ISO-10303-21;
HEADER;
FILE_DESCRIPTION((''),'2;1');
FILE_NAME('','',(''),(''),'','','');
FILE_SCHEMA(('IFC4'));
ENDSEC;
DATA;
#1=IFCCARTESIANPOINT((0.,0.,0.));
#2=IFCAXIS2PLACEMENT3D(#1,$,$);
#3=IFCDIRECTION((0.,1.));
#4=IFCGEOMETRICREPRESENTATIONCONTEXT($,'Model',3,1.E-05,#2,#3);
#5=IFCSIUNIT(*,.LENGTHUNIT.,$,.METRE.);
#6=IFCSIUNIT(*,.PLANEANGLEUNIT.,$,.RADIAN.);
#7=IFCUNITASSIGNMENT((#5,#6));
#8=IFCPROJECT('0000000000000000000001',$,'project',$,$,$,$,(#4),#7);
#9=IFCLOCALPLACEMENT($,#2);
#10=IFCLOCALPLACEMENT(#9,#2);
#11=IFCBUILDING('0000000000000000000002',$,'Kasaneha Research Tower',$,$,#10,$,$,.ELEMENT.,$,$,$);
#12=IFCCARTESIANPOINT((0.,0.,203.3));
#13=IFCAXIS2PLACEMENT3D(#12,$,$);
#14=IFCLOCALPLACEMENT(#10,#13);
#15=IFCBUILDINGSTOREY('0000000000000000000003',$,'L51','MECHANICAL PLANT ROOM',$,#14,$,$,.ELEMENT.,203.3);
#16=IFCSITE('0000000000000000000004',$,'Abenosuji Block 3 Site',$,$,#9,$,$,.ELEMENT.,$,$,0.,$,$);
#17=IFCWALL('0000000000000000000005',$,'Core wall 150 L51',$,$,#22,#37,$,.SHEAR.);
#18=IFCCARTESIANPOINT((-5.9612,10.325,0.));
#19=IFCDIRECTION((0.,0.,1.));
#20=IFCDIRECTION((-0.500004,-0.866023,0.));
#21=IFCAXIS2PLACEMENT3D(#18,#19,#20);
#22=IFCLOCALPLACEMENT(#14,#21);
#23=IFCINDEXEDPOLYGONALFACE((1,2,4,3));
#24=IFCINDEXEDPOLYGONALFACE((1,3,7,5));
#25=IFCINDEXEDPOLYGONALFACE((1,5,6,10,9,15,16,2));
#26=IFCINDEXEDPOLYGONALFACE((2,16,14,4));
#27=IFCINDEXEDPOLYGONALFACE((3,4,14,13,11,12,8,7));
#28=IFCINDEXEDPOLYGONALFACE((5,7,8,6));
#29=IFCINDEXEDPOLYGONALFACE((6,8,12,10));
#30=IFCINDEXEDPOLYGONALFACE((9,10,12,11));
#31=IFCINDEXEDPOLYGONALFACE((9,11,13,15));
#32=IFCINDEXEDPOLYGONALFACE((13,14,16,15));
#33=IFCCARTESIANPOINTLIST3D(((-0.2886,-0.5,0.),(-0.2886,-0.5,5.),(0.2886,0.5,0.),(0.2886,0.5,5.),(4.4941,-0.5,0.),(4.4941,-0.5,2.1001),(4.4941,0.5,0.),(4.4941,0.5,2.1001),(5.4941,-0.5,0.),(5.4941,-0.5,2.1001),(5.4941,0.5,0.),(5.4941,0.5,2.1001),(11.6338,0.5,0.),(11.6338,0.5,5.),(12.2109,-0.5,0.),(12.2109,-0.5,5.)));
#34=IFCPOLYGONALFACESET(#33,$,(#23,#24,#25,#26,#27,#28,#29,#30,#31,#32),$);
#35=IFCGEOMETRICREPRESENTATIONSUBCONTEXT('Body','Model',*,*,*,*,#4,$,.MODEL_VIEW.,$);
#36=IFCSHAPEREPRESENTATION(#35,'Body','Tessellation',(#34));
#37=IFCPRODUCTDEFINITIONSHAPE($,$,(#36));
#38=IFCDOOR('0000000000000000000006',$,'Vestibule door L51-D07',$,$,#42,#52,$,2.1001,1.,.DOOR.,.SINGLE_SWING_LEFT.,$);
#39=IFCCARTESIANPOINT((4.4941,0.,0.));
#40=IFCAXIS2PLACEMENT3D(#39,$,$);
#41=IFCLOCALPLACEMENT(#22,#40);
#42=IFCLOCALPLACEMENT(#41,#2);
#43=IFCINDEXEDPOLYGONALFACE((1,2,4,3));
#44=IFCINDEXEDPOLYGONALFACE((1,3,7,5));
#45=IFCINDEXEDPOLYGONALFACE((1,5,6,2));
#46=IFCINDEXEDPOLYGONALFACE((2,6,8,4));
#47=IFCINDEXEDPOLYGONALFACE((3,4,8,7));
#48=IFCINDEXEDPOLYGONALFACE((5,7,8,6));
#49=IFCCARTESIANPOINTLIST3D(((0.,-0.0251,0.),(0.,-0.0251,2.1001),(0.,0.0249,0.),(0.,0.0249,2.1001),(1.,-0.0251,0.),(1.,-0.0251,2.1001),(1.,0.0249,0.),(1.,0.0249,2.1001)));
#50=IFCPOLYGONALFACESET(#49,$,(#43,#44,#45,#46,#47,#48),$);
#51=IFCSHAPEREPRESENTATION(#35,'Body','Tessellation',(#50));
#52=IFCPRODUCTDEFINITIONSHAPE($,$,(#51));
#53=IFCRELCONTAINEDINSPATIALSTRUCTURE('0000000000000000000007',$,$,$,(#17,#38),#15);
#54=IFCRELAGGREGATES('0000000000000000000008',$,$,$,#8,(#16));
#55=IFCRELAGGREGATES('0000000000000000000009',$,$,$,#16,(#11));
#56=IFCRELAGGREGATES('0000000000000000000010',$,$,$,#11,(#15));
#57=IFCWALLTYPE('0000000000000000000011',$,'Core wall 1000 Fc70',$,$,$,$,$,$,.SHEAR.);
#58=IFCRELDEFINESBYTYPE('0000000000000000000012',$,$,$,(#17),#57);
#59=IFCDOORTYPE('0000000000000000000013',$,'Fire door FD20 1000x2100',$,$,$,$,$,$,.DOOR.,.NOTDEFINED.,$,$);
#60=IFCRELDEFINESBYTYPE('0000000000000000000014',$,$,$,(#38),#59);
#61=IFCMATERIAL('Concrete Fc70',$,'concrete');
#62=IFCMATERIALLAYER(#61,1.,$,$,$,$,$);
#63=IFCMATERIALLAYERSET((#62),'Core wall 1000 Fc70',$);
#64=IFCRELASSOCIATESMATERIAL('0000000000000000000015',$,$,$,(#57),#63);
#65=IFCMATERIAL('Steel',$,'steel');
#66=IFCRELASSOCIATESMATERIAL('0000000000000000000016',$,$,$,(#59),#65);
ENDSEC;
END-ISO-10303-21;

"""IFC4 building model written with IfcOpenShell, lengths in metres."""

from ifc_helpers import new_model, si_unit, direction, frame, frame_2d, origin, place, context, subcontext, project, spatial, polyline, rectangle, outline, extrude, material, layer, layer_set, type_object, element, fill, save


model = new_model("IFC4")

# Units and contexts
model_context = context("Model", 3, precision=1e-05, world=origin(), true_north=direction((0.0, 1.0)))
body_context = subcontext(model_context, "Body", "Model", "MODEL_VIEW")
ifc_project = project(units=[si_unit("LENGTHUNIT", "METRE"), si_unit("PLANEANGLEUNIT", "RADIAN")], contexts=[model_context])

# Site, building, storey
site_placement = place(None, origin())
site = spatial("IfcSite", under=ifc_project, at=site_placement, Name="Abenosuji Block 3 Site", CompositionType="ELEMENT", RefElevation=0.0)
building_placement = place(site_placement, origin())
building = spatial("IfcBuilding", under=site, at=building_placement, Name="Kasaneha Research Tower", CompositionType="ELEMENT")
storey_placement = place(building_placement, frame((0.0, 0.0, 203.3)))
storey = spatial("IfcBuildingStorey", under=building, at=storey_placement, Name="L51", Description="MECHANICAL PLANT ROOM", CompositionType="ELEMENT", Elevation=203.3)

# Wall, opening, door
ifc_material_1 = material(Name="Concrete Fc70", Category="concrete")
ifc_layer_1 = layer(ifc_material_1, 1.0)
ifc_layer_set_1 = layer_set([ifc_layer_1], Name="Core wall 1000 Fc70")
wall_type_1 = type_object("IfcWallType", Name="Core wall 1000 Fc70", PredefinedType="SHEAR", material=ifc_layer_set_1)
wall_1_placement = place(storey_placement, frame((-5.9612, 10.325, 0.0), z_axis=(0.0, 0.0, 1.0), x_axis=(-0.500004, -0.866023, 0.0)))
wall_1 = element("IfcWall", 1, at=wall_1_placement, inside=storey, type_object=wall_type_1, Name="Core wall 150 L51", PredefinedType="SHEAR", context=body_context, shape_type="SweptSolid", body=[
    extrude(outline(polyline([(-0.2886, -0.5), (4.4941, -0.5), (5.4941, -0.5), (12.2109, -0.5), (11.6338, 0.5), (5.4941, 0.5), (4.4941, 0.5), (0.2886, 0.5), (-0.2886, -0.5)])), origin(), (0.0, 0.0, 1.0), 5.0),
])
opening_1_placement = place(wall_1_placement, frame((4.4941, 0.0, 0.0)))
opening_1 = element("IfcOpeningElement", 2, at=opening_1_placement, cuts=wall_1, PredefinedType="OPENING", context=body_context, shape_type="SweptSolid", body=[
    extrude(rectangle(XDim=1.0, YDim=2.1001, at=frame_2d((0.5, 1.05))), frame((0.0, 0.51, 0.0), z_axis=(0.0, -1.0, 0.0), x_axis=(1.0, 0.0, 0.0)), (0.0, 0.0, 1.0), 1.02),
])
ifc_material_2 = material(Name="Steel", Category="steel")
door_type_1 = type_object("IfcDoorType", Name="Fire door FD20 1000x2100", OperationType="NOTDEFINED", PredefinedType="DOOR", material=ifc_material_2)
door_1_placement = place(opening_1_placement, origin())
door_1 = element("IfcDoor", 3, at=door_1_placement, inside=storey, type_object=door_type_1, Name="Vestibule door L51-D07", OperationType="SINGLE_SWING_LEFT", OverallHeight=2.1001, OverallWidth=1.0, PredefinedType="DOOR", context=body_context, shape_type="SweptSolid", body=[
    extrude(rectangle(XDim=1.0, YDim=2.1001, at=frame_2d((0.5, 1.05))), frame((0.0, 0.0249, 0.0), z_axis=(0.0, -1.0, 0.0), x_axis=(1.0, 0.0, 0.0)), (0.0, 0.0, 1.0), 0.05),
])
fill(opening_1, door_1)

save(model, "model.ifc")
